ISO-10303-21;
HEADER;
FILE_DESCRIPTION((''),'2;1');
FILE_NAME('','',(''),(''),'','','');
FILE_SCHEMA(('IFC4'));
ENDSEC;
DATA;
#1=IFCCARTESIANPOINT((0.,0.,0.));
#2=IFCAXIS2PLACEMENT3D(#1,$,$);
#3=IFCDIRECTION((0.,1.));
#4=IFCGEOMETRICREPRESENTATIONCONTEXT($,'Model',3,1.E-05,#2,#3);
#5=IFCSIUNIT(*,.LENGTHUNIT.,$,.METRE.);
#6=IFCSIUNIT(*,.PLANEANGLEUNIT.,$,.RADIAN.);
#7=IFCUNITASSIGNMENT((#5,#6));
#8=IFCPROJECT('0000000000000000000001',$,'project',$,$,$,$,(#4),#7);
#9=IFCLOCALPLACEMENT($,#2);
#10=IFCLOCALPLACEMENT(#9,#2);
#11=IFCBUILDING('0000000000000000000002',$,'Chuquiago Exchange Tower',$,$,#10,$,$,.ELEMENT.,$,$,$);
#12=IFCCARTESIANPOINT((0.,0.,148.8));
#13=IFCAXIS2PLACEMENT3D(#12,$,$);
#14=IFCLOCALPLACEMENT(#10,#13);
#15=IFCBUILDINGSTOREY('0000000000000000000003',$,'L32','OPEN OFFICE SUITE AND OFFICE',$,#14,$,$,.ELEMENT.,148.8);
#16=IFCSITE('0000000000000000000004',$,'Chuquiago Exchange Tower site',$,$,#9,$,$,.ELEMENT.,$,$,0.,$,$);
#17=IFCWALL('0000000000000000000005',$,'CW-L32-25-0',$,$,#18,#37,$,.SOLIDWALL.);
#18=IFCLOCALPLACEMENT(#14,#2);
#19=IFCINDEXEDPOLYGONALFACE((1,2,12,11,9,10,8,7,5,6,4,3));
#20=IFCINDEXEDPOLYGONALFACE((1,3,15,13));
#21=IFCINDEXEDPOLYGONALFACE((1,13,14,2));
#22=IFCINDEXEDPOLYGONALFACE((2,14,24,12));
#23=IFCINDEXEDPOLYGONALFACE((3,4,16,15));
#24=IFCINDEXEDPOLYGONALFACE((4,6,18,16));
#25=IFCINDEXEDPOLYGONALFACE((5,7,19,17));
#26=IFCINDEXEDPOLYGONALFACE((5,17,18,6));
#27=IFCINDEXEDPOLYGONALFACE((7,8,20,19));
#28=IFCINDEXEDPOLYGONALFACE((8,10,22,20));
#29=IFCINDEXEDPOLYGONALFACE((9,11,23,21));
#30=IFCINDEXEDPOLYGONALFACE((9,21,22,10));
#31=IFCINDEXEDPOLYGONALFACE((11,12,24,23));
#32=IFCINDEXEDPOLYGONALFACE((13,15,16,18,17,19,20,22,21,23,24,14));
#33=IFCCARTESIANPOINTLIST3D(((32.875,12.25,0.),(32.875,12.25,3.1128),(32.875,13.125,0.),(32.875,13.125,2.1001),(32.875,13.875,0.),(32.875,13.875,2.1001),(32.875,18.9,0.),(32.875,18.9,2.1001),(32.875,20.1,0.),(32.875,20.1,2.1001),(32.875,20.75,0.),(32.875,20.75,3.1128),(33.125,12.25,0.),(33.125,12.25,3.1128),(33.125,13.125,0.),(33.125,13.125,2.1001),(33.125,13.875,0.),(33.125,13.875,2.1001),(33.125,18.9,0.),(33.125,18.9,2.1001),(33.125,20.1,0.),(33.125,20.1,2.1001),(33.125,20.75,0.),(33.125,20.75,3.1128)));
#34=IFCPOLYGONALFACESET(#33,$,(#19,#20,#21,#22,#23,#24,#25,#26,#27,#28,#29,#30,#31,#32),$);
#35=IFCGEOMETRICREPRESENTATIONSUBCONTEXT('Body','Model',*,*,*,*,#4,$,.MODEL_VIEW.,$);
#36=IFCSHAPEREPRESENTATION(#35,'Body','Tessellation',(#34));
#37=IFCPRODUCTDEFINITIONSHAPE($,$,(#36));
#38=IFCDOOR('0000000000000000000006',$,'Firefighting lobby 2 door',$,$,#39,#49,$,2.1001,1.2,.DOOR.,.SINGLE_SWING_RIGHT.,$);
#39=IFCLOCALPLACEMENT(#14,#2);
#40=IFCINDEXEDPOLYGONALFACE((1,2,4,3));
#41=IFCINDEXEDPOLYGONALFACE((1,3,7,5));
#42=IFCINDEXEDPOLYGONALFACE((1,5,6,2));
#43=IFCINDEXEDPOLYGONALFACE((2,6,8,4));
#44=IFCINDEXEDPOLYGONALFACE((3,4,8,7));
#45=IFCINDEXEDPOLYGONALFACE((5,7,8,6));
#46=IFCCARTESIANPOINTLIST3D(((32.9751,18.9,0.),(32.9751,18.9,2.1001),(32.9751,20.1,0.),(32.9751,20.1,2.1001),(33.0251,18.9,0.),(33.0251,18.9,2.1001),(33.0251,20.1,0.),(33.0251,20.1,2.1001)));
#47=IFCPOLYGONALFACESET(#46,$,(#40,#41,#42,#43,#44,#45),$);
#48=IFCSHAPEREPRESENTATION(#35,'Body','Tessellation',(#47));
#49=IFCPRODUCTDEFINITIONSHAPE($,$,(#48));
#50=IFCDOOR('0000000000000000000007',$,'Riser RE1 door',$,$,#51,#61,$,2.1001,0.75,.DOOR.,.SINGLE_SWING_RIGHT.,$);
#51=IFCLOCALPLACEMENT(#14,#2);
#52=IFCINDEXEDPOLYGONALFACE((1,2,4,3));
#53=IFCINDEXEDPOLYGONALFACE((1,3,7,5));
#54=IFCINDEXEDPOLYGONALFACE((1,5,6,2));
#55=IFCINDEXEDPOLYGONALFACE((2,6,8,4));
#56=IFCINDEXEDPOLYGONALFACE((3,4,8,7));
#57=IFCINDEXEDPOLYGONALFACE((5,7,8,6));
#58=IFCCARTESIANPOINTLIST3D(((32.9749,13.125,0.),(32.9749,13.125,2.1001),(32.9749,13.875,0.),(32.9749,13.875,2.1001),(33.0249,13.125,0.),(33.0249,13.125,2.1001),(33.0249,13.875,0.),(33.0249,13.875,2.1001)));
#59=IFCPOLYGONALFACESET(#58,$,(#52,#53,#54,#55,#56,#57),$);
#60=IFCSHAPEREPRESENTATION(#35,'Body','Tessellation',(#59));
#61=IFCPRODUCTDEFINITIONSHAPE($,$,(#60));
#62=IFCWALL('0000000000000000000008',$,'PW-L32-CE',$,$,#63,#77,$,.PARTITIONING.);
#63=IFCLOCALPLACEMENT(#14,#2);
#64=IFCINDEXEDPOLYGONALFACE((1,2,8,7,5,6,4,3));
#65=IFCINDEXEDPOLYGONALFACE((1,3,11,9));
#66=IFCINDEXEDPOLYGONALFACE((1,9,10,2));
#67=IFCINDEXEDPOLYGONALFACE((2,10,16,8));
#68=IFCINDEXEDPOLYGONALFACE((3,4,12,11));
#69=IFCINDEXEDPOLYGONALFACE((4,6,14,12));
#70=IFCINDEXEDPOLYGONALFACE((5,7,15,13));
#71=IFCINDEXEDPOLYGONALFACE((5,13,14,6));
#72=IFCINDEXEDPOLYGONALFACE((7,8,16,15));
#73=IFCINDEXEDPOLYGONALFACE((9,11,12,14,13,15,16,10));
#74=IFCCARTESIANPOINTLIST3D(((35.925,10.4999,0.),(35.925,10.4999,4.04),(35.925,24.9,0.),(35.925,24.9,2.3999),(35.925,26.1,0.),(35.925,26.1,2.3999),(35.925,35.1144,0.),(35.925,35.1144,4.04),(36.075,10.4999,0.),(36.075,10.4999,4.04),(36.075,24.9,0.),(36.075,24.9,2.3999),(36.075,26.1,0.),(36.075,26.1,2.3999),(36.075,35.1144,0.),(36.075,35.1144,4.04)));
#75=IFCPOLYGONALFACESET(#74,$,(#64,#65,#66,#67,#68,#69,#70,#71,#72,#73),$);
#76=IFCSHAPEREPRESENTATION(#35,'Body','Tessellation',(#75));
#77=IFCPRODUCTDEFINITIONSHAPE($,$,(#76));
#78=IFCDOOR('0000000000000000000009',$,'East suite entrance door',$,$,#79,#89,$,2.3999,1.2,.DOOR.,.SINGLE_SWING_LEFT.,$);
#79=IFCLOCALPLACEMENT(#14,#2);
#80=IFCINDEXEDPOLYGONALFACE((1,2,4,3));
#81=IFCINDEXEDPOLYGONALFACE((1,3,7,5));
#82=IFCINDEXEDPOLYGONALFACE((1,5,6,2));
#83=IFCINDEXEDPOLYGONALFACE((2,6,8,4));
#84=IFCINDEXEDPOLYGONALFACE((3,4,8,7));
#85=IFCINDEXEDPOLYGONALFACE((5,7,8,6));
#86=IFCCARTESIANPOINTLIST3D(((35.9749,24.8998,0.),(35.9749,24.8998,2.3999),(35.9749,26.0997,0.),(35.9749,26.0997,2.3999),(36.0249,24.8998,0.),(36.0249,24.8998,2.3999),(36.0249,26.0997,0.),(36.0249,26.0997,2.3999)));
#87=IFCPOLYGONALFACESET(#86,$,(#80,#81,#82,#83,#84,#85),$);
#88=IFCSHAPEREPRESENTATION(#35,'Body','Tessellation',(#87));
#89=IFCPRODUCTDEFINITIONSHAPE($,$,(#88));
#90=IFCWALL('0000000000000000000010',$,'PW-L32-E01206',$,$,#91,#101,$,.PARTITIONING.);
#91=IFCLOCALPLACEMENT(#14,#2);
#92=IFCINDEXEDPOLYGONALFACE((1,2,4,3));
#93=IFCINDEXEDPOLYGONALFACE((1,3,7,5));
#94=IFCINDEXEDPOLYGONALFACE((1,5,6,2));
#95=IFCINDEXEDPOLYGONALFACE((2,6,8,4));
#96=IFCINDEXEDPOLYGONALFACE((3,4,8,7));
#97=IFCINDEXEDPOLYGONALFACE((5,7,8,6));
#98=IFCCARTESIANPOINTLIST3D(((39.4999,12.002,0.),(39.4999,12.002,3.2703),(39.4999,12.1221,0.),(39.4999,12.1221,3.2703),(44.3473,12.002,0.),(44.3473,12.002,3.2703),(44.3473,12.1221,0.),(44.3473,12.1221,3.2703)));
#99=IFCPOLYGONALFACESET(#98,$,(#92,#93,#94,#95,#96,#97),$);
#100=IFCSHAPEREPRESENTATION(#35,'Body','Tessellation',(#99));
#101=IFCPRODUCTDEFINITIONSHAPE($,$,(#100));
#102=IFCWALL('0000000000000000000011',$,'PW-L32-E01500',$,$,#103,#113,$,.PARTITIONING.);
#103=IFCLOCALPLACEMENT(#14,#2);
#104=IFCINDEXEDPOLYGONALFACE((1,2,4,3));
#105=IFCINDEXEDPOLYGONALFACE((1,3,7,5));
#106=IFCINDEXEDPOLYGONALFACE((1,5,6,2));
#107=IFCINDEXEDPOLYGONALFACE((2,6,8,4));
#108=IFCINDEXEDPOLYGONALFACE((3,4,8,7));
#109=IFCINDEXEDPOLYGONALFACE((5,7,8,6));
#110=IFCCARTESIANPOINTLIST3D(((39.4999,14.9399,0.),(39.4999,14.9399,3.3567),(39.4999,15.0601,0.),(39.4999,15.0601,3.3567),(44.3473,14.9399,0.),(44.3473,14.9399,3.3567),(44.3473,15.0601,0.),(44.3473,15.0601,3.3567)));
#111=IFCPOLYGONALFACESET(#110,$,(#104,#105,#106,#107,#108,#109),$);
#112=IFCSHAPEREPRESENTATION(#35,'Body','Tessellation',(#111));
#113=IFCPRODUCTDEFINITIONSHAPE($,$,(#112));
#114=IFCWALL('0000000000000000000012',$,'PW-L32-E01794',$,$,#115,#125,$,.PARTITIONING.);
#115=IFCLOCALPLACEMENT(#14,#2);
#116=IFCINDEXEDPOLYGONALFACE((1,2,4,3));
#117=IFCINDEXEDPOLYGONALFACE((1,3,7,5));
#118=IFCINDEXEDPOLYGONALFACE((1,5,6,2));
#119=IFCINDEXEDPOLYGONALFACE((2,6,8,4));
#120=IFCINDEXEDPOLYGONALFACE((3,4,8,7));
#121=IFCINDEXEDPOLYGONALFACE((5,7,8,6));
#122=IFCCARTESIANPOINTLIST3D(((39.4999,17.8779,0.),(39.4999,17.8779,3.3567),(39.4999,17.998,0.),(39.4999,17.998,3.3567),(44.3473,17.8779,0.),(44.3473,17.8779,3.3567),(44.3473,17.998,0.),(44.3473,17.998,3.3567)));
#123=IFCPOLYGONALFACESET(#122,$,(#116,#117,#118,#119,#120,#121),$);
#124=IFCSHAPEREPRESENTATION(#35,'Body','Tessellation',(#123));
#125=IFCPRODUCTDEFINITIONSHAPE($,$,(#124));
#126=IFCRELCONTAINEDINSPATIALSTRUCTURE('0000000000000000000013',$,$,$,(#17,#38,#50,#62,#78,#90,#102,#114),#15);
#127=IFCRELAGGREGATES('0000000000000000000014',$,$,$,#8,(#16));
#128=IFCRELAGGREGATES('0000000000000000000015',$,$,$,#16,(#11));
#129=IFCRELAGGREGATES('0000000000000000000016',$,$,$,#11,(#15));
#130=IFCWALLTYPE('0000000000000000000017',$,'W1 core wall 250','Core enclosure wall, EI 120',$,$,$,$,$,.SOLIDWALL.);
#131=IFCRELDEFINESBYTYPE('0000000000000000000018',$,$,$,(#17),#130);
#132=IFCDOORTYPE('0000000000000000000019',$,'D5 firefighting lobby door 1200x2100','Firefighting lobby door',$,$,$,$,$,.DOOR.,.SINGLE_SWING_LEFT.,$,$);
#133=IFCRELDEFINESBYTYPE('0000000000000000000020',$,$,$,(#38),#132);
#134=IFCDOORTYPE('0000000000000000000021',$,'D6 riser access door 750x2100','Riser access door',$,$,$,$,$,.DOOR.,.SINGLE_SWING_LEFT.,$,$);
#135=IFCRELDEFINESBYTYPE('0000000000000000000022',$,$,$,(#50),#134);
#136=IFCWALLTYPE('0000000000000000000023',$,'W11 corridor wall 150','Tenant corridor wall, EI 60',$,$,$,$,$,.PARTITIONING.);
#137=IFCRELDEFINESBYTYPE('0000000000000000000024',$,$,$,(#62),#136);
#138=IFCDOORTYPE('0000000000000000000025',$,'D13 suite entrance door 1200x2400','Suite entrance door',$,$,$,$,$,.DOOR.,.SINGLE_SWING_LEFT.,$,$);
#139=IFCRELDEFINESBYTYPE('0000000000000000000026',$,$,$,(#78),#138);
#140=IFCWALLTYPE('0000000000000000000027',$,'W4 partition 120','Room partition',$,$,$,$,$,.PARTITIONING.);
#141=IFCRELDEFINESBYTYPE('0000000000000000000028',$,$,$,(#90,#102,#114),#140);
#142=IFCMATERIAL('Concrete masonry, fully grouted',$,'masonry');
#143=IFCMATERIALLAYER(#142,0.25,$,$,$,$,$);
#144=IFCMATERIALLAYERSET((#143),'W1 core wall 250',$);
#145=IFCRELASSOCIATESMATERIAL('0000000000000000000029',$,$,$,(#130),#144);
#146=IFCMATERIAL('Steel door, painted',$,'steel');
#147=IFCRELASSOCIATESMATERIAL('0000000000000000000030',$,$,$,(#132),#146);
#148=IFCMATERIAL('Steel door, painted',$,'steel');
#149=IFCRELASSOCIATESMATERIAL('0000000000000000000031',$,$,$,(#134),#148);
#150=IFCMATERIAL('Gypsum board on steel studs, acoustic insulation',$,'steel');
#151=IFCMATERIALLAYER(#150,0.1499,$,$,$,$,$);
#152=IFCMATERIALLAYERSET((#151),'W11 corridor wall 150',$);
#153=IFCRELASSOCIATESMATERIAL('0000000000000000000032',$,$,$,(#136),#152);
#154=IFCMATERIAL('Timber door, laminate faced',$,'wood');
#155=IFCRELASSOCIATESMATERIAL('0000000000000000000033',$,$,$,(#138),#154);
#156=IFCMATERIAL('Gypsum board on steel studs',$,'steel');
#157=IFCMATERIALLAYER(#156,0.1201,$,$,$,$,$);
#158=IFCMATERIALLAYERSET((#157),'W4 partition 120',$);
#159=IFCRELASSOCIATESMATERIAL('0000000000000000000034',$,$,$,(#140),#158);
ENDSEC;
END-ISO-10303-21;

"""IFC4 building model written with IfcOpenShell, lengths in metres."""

from ifc_helpers import new_model, si_unit, direction, frame, frame_2d, origin, place, context, subcontext, project, spatial, rectangle, extrude, material, layer, layer_set, type_object, element, fill, save


model = new_model("IFC4")

# Units and contexts
model_context = context("Model", 3, precision=1e-05, world=origin(), true_north=direction((0.0, 1.0)))
body_context = subcontext(model_context, "Body", "Model", "MODEL_VIEW")
ifc_project = project(units=[si_unit("LENGTHUNIT", "METRE"), si_unit("PLANEANGLEUNIT", "RADIAN")], contexts=[model_context])

# Site, building, storey
site_placement = place(None, origin())
site = spatial("IfcSite", under=ifc_project, at=site_placement, Name="Chuquiago Exchange Tower site", CompositionType="ELEMENT", RefElevation=0.0)
building_placement = place(site_placement, origin())
building = spatial("IfcBuilding", under=site, at=building_placement, Name="Chuquiago Exchange Tower", CompositionType="ELEMENT")
storey_placement = place(building_placement, frame((0.0, 0.0, 148.8)))
storey = spatial("IfcBuildingStorey", under=building, at=storey_placement, Name="L32", Description="OPEN OFFICE SUITE AND OFFICE", CompositionType="ELEMENT", Elevation=148.8)

# Wall, openings, doors
ifc_material_1 = material(Name="Concrete masonry, fully grouted", Category="masonry")
ifc_layer_1 = layer(ifc_material_1, 0.25)
ifc_layer_set_1 = layer_set([ifc_layer_1], Name="W1 core wall 250")
wall_type_1 = type_object("IfcWallType", Name="W1 core wall 250", Description="Core enclosure wall, EI 120", PredefinedType="SOLIDWALL", material=ifc_layer_set_1)
wall_1_placement = place(storey_placement, frame((33.0, 12.25, 0.0), z_axis=(0.0, 0.0, 1.0), x_axis=(0.0, 1.0, 0.0)))
wall_1 = element("IfcWall", 1, at=wall_1_placement, inside=storey, type_object=wall_type_1, Name="CW-L32-25-0", PredefinedType="SOLIDWALL", context=body_context, shape_type="SweptSolid", body=[
    extrude(rectangle(XDim=8.5, YDim=0.25, at=frame_2d((4.25, 0.0))), origin(), (0.0, 0.0, 1.0), 3.1128),
])
opening_1_placement = place(wall_1_placement, frame((6.6499, 0.0, 0.0)))
opening_1 = element("IfcOpeningElement", 2, at=opening_1_placement, cuts=wall_1, PredefinedType="OPENING", context=body_context, shape_type="SweptSolid", body=[
    extrude(rectangle(XDim=1.2, YDim=2.1001, at=frame_2d((0.6001, 1.05))), frame((0.0, 0.135, 0.0), z_axis=(0.0, -1.0, 0.0), x_axis=(1.0, 0.0, 0.0)), (0.0, 0.0, 1.0), 0.27),
])
opening_2_placement = place(wall_1_placement, frame((0.875, 0.0, 0.0)))
opening_2 = element("IfcOpeningElement", 3, at=opening_2_placement, cuts=wall_1, PredefinedType="OPENING", context=body_context, shape_type="SweptSolid", body=[
    extrude(rectangle(XDim=0.75, YDim=2.1001, at=frame_2d((0.375, 1.05))), frame((0.0, 0.135, 0.0), z_axis=(0.0, -1.0, 0.0), x_axis=(1.0, 0.0, 0.0)), (0.0, 0.0, 1.0), 0.27),
])
ifc_material_2 = material(Name="Steel door, painted", Category="steel")
door_type_1 = type_object("IfcDoorType", Name="D5 firefighting lobby door 1200x2100", Description="Firefighting lobby door", OperationType="SINGLE_SWING_LEFT", PredefinedType="DOOR", material=ifc_material_2)
door_1_placement = place(opening_1_placement, origin())
door_1 = element("IfcDoor", 4, at=door_1_placement, inside=storey, type_object=door_type_1, Name="Firefighting lobby 2 door", OperationType="SINGLE_SWING_RIGHT", OverallHeight=2.1001, OverallWidth=1.2, PredefinedType="DOOR", context=body_context, shape_type="SweptSolid", body=[
    extrude(rectangle(XDim=1.2, YDim=2.1001, at=frame_2d((0.6001, 1.05))), frame((0.0, 0.0249, 0.0), z_axis=(0.0, -1.0, 0.0), x_axis=(1.0, 0.0, 0.0)), (0.0, 0.0, 1.0), 0.05),
])
fill(opening_1, door_1)
ifc_material_3 = material(Name="Steel door, painted", Category="steel")
door_type_2 = type_object("IfcDoorType", Name="D6 riser access door 750x2100", Description="Riser access door", OperationType="SINGLE_SWING_LEFT", PredefinedType="DOOR", material=ifc_material_3)
door_2_placement = place(opening_2_placement, frame((0.75, 0.0, 0.0), z_axis=(0.0, 0.0, 1.0), x_axis=(-1.0, 0.0, 0.0)))
door_2 = element("IfcDoor", 5, at=door_2_placement, inside=storey, type_object=door_type_2, Name="Riser RE1 door", OperationType="SINGLE_SWING_RIGHT", OverallHeight=2.1001, OverallWidth=0.75, PredefinedType="DOOR", context=body_context, shape_type="SweptSolid", body=[
    extrude(rectangle(XDim=0.75, YDim=2.1001, at=frame_2d((0.375, 1.05))), frame((0.0, 0.0249, 0.0), z_axis=(0.0, -1.0, 0.0), x_axis=(1.0, 0.0, 0.0)), (0.0, 0.0, 1.0), 0.05),
])
fill(opening_2, door_2)

# Wall, opening, door
ifc_material_4 = material(Name="Gypsum board on steel studs, acoustic insulation", Category="steel")
ifc_layer_2 = layer(ifc_material_4, 0.1499)
ifc_layer_set_2 = layer_set([ifc_layer_2], Name="W11 corridor wall 150")
wall_type_2 = type_object("IfcWallType", Name="W11 corridor wall 150", Description="Tenant corridor wall, EI 60", PredefinedType="PARTITIONING", material=ifc_layer_set_2)
wall_2_placement = place(storey_placement, frame((36.0, 10.5, 0.0), z_axis=(0.0, 0.0, 1.0), x_axis=(0.0, 1.0, 0.0)))
wall_2 = element("IfcWall", 6, at=wall_2_placement, inside=storey, type_object=wall_type_2, Name="PW-L32-CE", PredefinedType="PARTITIONING", context=body_context, shape_type="SweptSolid", body=[
    extrude(rectangle(XDim=24.6145, YDim=0.1499, at=frame_2d((12.3071, 0.0))), origin(), (0.0, 0.0, 1.0), 4.04),
])
opening_3_placement = place(wall_2_placement, frame((14.3999, 0.0, 0.0)))
opening_3 = element("IfcOpeningElement", 7, at=opening_3_placement, cuts=wall_2, PredefinedType="OPENING", context=body_context, shape_type="SweptSolid", body=[
    extrude(rectangle(XDim=1.2, YDim=2.3999, at=frame_2d((0.6001, 1.2))), frame((0.0, 0.085, 0.0), z_axis=(0.0, -1.0, 0.0), x_axis=(1.0, 0.0, 0.0)), (0.0, 0.0, 1.0), 0.1699),
])
ifc_material_5 = material(Name="Timber door, laminate faced", Category="wood")
door_type_3 = type_object("IfcDoorType", Name="D13 suite entrance door 1200x2400", Description="Suite entrance door", OperationType="SINGLE_SWING_LEFT", PredefinedType="DOOR", material=ifc_material_5)
door_3_placement = place(opening_3_placement, frame((1.2, 0.0, 0.0), z_axis=(0.0, 0.0, 1.0), x_axis=(-1.0, 0.0, 0.0)))
door_3 = element("IfcDoor", 8, at=door_3_placement, inside=storey, type_object=door_type_3, Name="East suite entrance door", OperationType="SINGLE_SWING_LEFT", OverallHeight=2.3999, OverallWidth=1.2, PredefinedType="DOOR", context=body_context, shape_type="SweptSolid", body=[
    extrude(rectangle(XDim=1.2, YDim=2.3999, at=frame_2d((0.6001, 1.2))), frame((0.0, 0.0249, 0.0), z_axis=(0.0, -1.0, 0.0), x_axis=(1.0, 0.0, 0.0)), (0.0, 0.0, 1.0), 0.05),
])
fill(opening_3, door_3)

# Walls
ifc_material_6 = material(Name="Gypsum board on steel studs", Category="steel")
ifc_layer_3 = layer(ifc_material_6, 0.1201)
ifc_layer_set_3 = layer_set([ifc_layer_3], Name="W4 partition 120")
wall_type_3 = type_object("IfcWallType", Name="W4 partition 120", Description="Room partition", PredefinedType="PARTITIONING", material=ifc_layer_set_3)
wall_3_placement = place(storey_placement, frame((44.3474, 12.062, 0.0), z_axis=(0.0, 0.0, 1.0), x_axis=(-1.0, 0.0, 0.0)))
element("IfcWall", 9, at=wall_3_placement, inside=storey, type_object=wall_type_3, Name="PW-L32-E01206", PredefinedType="PARTITIONING", context=body_context, shape_type="SweptSolid", body=[
    extrude(rectangle(XDim=4.8474, YDim=0.1201, at=frame_2d((2.4238, 0.0))), origin(), (0.0, 0.0, 1.0), 3.2703),
])
for number, where, z_axis, x_axis, name in (
    (10, (44.3474, 15.0, 0.0), (0.0, 0.0, 1.0), (-1.0, 0.0, 0.0), "PW-L32-E01500"),
    (11, (44.3474, 17.938, 0.0), (0.0, 0.0, 1.0), (-1.0, 0.0, 0.0), "PW-L32-E01794"),
):
    element("IfcWall", number, at=place(storey_placement, frame(where, z_axis=z_axis, x_axis=x_axis)), inside=storey, type_object=wall_type_3, Name=name, PredefinedType="PARTITIONING", context=body_context, shape_type="SweptSolid", body=[
        extrude(rectangle(XDim=4.8474, YDim=0.1201, at=frame_2d((2.4238, 0.0))), origin(), (0.0, 0.0, 1.0), 3.3567),
    ])

save(model, "model.ifc")
